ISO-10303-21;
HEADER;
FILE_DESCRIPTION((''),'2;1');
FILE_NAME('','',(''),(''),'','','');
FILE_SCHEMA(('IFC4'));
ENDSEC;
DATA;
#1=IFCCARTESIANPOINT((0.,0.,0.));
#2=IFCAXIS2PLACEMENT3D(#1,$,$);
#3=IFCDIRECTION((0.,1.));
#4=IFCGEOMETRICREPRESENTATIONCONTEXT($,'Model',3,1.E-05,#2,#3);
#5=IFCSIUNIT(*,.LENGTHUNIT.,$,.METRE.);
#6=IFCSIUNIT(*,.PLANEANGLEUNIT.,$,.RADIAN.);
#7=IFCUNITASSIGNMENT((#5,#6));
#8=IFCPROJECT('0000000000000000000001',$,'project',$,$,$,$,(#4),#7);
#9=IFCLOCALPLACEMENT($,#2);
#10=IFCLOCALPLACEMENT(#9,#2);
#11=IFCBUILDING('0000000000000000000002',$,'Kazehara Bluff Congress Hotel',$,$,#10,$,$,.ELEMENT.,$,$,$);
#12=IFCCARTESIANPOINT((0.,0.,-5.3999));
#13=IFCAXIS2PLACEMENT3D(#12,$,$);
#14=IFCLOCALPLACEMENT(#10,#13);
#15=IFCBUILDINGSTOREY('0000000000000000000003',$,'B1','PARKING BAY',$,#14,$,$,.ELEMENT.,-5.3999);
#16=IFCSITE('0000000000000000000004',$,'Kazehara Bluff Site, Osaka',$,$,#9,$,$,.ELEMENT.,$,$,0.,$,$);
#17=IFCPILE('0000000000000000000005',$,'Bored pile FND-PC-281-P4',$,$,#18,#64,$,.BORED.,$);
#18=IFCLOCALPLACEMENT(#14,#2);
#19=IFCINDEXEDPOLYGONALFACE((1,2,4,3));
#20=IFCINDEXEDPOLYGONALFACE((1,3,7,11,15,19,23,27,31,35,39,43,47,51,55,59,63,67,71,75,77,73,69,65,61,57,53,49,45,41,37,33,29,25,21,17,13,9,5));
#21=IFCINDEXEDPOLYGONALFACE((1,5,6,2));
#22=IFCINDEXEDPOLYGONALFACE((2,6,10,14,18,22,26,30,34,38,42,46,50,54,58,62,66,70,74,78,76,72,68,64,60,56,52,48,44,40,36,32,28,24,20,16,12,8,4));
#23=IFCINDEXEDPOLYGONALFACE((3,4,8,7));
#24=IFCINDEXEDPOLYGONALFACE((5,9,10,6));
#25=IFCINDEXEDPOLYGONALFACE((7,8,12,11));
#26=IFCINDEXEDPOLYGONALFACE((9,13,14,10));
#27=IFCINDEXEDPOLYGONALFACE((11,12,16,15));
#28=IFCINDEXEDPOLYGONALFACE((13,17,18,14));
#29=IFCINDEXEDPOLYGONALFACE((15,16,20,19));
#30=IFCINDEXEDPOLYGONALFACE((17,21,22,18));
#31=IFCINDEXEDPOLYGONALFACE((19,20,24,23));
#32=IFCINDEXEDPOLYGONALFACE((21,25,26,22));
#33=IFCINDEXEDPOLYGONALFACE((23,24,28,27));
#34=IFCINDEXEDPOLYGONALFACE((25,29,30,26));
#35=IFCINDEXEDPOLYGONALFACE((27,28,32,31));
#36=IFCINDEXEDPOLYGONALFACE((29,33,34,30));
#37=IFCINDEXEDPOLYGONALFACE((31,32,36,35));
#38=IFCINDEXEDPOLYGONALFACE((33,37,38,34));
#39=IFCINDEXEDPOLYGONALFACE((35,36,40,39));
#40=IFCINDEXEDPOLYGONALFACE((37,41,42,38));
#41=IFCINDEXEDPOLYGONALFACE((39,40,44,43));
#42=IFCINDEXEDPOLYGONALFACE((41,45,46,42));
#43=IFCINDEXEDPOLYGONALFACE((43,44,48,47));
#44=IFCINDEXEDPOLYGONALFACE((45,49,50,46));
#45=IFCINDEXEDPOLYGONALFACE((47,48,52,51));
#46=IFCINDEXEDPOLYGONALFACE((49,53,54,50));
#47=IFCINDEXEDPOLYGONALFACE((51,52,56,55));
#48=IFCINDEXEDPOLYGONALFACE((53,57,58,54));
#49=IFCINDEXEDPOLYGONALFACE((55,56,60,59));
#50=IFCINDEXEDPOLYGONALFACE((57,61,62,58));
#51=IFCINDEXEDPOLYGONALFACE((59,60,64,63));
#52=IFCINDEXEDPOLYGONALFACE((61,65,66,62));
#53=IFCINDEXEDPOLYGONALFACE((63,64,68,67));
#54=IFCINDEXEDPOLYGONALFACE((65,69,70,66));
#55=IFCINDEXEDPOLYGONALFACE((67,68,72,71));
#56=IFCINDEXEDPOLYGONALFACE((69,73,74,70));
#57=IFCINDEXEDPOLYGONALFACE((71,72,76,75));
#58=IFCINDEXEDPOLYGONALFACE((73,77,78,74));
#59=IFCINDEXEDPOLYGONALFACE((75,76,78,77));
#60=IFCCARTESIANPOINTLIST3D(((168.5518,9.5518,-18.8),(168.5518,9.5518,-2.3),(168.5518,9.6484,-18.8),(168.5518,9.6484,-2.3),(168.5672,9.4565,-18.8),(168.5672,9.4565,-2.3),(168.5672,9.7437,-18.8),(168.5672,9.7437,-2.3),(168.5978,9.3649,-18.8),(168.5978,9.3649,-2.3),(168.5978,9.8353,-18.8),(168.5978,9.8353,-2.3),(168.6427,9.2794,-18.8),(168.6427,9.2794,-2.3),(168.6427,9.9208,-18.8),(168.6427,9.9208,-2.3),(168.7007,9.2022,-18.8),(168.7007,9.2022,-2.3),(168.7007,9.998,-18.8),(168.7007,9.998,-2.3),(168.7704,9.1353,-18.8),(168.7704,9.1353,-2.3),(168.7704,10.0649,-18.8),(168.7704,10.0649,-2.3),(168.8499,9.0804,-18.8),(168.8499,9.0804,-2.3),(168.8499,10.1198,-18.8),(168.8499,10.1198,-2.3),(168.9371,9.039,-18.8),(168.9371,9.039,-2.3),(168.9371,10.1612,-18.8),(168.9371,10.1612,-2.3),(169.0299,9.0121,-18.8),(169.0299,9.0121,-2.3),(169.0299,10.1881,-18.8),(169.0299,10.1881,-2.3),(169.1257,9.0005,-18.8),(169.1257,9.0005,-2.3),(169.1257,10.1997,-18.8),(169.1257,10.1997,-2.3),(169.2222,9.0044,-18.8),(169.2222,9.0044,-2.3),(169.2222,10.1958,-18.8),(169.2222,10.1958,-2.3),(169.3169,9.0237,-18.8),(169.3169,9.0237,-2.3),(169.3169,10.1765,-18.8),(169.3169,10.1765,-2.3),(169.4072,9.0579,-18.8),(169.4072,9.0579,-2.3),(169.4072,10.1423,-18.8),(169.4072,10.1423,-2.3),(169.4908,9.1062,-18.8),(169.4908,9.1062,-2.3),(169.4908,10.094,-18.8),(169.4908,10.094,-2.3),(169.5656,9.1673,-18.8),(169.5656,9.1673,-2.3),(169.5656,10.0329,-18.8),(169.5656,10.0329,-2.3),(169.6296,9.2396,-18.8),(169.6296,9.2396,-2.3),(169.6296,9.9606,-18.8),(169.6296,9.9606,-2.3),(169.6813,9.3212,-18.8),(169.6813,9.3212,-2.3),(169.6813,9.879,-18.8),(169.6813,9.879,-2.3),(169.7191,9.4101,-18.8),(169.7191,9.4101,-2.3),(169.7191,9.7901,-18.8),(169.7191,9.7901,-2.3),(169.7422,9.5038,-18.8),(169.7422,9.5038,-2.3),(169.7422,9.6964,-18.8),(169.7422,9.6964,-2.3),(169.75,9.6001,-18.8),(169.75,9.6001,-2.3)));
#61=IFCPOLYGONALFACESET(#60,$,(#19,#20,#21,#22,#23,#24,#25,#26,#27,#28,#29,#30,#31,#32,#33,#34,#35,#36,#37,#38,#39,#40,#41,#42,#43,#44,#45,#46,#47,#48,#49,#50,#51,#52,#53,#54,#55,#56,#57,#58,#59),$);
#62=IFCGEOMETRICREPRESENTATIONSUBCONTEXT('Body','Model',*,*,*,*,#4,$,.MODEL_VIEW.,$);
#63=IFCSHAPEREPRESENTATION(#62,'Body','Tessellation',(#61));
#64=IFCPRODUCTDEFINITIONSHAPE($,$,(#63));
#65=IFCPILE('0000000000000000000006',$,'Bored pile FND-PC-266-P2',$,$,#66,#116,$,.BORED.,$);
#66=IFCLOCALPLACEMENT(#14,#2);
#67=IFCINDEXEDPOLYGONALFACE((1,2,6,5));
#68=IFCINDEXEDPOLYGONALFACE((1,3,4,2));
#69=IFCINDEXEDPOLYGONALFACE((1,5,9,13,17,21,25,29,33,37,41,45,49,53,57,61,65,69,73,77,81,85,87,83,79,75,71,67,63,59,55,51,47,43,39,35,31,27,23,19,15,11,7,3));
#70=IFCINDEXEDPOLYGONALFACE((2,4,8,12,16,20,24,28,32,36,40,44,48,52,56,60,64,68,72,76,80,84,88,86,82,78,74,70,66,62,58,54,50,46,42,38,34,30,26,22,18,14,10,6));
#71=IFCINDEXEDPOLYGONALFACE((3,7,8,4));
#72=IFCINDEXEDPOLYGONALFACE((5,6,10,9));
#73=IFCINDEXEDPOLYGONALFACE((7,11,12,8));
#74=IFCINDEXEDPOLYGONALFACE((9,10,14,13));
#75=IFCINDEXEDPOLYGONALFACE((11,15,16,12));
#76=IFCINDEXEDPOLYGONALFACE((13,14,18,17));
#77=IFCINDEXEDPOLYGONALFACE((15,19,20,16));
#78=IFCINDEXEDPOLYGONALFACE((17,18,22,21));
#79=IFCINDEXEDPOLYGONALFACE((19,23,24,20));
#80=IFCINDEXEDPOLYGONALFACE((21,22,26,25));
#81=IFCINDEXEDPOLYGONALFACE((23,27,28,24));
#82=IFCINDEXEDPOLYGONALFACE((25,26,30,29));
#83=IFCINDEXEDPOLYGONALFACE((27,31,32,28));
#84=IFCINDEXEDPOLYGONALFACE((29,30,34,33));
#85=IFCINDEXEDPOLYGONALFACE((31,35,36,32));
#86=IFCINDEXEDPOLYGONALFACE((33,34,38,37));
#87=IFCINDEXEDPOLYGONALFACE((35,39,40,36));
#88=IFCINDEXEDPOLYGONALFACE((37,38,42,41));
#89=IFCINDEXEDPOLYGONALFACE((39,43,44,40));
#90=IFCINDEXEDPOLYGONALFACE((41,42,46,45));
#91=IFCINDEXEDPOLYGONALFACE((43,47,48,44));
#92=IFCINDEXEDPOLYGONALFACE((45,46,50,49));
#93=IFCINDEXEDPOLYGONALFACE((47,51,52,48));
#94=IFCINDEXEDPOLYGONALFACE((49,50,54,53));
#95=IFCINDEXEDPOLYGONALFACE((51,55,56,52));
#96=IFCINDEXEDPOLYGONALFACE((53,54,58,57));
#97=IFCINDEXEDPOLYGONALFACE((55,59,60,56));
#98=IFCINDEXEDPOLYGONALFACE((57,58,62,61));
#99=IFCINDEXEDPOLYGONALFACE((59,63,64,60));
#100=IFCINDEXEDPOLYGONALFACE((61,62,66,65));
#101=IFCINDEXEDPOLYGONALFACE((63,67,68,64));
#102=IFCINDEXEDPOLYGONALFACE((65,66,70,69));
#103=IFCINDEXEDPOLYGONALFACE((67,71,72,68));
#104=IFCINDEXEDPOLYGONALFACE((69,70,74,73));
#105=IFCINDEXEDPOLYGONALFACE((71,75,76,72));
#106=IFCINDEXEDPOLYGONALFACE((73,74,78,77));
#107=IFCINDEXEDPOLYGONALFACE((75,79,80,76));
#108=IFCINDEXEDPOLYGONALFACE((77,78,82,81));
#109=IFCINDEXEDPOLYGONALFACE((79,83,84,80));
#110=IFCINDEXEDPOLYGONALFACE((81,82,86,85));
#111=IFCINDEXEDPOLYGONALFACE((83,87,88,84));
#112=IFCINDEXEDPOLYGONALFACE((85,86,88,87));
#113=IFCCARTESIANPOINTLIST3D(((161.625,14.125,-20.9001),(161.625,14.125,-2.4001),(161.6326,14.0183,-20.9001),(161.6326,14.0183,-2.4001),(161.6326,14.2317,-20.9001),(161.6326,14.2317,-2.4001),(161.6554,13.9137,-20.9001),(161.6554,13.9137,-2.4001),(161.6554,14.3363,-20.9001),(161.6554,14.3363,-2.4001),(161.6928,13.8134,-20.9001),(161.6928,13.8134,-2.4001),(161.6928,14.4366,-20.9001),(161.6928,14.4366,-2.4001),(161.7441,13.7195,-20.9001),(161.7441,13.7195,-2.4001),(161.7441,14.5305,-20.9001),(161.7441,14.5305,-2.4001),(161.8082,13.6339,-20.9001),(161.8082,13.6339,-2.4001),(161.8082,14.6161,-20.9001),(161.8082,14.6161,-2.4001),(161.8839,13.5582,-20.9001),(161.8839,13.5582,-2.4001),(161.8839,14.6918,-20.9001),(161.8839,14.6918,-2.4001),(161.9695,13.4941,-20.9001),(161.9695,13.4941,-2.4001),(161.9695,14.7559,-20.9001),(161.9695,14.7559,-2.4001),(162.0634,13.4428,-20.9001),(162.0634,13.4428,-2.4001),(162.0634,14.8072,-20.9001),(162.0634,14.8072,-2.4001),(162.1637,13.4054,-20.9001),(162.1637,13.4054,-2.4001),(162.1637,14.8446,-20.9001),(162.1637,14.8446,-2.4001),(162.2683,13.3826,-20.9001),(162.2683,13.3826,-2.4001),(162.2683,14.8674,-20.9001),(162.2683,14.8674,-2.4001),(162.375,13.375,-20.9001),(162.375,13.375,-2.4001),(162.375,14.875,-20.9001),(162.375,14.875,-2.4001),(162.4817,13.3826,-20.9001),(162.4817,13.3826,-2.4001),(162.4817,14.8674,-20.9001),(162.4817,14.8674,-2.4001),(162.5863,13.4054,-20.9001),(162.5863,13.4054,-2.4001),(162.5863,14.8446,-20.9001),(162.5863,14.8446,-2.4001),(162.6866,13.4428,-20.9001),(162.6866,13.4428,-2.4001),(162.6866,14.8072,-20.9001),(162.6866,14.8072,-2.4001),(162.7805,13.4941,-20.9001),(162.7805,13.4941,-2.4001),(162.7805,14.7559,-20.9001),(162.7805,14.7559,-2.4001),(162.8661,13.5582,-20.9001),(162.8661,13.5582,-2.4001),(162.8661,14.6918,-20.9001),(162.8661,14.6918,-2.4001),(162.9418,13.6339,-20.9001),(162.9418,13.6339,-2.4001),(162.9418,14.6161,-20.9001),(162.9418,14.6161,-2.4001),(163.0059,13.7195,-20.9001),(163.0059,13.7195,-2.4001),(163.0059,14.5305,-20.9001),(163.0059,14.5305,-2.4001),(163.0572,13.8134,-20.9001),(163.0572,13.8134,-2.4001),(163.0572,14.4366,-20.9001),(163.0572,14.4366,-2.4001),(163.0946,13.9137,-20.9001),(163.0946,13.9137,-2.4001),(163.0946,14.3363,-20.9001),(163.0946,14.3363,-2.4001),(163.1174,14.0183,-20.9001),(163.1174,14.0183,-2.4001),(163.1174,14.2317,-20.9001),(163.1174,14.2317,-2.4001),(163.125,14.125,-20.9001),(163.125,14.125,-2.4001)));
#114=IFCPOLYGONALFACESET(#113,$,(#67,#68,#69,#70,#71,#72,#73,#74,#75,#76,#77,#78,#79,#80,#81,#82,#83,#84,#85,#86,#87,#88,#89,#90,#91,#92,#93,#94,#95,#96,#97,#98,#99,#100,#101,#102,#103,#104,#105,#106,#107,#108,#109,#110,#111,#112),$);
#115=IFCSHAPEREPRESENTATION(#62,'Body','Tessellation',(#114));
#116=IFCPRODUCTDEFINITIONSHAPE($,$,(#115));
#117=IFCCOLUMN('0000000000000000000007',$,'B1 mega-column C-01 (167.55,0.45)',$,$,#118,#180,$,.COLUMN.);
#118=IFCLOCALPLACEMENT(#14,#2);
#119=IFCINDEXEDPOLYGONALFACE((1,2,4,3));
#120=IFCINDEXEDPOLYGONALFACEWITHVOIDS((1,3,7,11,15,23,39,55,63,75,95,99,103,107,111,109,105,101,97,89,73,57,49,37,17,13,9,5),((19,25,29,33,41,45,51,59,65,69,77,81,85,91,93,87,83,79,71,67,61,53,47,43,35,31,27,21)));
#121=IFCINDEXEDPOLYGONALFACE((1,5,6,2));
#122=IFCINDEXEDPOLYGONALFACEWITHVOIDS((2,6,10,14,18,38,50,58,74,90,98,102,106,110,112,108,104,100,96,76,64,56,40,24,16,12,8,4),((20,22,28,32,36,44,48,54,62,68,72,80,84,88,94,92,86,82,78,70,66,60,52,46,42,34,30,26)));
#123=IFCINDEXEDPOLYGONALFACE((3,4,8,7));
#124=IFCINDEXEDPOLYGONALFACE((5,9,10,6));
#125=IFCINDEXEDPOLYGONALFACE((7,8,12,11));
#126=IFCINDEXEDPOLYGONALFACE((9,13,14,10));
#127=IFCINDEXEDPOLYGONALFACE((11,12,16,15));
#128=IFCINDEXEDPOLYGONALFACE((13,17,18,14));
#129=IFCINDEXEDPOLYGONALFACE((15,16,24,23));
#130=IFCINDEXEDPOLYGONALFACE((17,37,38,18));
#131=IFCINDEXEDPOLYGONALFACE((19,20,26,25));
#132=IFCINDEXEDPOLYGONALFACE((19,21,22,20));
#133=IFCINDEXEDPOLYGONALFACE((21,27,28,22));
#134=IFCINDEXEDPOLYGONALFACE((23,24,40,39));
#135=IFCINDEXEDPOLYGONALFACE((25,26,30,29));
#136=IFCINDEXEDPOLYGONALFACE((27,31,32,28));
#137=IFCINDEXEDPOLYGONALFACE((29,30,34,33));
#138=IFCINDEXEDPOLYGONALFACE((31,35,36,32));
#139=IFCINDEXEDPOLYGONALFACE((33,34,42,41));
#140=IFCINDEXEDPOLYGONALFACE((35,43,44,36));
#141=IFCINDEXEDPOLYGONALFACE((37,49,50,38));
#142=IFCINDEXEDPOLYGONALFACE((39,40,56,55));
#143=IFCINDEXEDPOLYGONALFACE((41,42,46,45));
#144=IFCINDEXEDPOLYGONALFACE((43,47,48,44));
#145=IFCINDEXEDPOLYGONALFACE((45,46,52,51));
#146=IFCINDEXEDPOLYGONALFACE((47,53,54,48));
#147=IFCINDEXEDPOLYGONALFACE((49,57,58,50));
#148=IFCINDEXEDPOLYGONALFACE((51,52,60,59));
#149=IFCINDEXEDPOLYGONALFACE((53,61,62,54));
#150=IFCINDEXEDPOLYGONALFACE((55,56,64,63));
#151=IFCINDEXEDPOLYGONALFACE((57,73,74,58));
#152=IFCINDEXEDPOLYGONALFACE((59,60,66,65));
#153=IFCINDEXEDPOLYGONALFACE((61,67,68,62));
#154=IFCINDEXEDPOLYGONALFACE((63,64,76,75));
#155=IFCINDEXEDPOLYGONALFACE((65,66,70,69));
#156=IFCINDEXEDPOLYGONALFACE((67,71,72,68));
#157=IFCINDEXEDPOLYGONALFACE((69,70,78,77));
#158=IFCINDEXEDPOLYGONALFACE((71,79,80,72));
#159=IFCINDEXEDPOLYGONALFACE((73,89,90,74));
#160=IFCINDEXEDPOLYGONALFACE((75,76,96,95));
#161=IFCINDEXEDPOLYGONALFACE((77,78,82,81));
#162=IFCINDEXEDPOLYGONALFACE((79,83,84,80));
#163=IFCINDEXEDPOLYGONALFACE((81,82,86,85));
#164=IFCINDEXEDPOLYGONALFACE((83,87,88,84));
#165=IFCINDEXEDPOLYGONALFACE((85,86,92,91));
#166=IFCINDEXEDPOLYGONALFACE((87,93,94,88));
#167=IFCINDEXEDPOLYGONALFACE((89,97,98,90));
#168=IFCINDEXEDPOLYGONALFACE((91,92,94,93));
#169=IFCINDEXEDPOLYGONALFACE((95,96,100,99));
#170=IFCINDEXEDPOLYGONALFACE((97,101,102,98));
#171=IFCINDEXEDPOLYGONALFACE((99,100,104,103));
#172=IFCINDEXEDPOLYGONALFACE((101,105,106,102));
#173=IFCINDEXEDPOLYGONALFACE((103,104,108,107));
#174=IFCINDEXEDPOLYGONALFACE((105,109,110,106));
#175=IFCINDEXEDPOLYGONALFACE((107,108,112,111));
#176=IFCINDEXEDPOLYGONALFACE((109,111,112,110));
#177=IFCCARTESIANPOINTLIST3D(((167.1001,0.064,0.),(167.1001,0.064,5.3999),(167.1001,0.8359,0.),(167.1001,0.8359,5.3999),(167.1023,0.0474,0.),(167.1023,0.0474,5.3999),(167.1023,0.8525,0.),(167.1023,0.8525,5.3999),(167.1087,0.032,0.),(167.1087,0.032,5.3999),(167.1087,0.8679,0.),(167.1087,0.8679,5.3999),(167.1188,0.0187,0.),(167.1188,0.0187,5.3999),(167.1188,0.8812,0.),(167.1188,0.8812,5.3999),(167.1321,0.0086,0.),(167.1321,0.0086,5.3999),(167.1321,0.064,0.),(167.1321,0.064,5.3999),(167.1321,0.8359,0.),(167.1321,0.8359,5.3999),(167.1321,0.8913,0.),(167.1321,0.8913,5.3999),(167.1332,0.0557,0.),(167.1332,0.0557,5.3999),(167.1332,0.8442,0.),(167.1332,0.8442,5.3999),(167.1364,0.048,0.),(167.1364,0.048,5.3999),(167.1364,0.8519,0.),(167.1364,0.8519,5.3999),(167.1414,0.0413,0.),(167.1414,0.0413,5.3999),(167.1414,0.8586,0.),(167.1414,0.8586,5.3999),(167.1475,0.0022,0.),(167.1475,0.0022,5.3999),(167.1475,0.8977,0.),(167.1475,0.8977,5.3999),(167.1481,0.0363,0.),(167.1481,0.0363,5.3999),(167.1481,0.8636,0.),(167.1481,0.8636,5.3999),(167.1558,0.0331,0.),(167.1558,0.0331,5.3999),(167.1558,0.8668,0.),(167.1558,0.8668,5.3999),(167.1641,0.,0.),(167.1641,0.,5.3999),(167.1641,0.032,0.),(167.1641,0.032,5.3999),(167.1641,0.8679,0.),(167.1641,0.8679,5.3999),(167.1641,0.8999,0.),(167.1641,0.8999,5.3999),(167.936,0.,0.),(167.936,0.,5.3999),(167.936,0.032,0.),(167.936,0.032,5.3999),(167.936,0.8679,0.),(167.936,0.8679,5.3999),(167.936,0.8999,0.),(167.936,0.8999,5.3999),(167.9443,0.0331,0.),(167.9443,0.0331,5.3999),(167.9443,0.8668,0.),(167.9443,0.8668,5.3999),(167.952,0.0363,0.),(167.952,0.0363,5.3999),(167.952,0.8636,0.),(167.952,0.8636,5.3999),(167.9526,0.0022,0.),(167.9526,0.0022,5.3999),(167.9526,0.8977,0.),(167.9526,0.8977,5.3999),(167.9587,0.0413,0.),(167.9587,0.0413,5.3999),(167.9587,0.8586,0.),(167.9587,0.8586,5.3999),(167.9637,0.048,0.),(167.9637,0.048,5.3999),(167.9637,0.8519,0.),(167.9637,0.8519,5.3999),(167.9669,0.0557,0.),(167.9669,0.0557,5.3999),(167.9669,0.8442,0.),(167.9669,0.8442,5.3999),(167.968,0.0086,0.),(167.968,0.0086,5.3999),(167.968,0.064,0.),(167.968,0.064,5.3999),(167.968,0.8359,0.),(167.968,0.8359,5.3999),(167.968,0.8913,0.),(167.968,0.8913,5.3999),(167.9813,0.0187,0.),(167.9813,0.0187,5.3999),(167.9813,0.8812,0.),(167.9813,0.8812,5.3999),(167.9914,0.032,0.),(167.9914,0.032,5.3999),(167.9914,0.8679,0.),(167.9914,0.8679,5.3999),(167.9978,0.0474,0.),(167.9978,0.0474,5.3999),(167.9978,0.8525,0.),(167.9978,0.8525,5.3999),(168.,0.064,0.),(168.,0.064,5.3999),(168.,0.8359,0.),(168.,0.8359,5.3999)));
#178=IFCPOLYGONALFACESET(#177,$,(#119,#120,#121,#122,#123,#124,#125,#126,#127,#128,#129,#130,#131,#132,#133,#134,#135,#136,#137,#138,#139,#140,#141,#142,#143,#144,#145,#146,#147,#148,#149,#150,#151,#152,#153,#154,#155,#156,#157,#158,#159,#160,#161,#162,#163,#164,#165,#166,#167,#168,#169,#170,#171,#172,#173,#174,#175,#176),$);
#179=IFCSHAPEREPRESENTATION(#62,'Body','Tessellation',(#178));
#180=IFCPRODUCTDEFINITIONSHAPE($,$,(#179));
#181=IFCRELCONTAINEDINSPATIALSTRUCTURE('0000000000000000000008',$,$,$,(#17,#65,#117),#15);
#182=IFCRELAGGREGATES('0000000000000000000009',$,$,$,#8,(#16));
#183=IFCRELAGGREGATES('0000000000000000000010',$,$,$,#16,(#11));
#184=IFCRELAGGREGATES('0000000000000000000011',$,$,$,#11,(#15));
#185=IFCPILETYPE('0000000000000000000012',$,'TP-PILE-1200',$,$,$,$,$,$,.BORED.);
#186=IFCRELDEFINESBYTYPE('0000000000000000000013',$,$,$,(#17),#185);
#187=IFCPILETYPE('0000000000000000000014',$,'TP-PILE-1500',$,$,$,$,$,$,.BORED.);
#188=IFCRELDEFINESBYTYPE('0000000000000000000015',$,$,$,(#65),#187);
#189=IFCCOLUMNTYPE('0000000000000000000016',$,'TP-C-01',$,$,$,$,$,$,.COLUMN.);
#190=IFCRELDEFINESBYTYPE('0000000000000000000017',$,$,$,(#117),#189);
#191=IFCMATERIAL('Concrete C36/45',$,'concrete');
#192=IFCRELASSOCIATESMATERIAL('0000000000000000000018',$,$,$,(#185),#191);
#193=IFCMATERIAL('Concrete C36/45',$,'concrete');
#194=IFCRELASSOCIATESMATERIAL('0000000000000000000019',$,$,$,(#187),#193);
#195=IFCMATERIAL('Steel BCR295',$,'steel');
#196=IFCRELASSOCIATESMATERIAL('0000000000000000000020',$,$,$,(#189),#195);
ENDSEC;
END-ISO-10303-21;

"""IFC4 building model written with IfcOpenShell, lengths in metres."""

from ifc_helpers import new_model, si_unit, direction, frame, origin, origin_2d, place, context, subcontext, project, spatial, hollow_rectangle, circle, extrude, material, material_profile, profile_set, type_object, element, save


model = new_model("IFC4")

# Units and contexts
model_context = context("Model", 3, precision=1e-05, world=origin(), true_north=direction((0.0, 1.0)))
body_context = subcontext(model_context, "Body", "Model", "MODEL_VIEW")
ifc_project = project(units=[si_unit("LENGTHUNIT", "METRE"), si_unit("PLANEANGLEUNIT", "RADIAN")], contexts=[model_context])

# Site, building, storey
site_placement = place(None, origin())
site = spatial("IfcSite", under=ifc_project, at=site_placement, Name="Kazehara Bluff Site, Osaka", CompositionType="ELEMENT", RefElevation=0.0)
building_placement = place(site_placement, origin())
building = spatial("IfcBuilding", under=site, at=building_placement, Name="Kazehara Bluff Congress Hotel", CompositionType="ELEMENT")
storey_placement = place(building_placement, frame((0.0, 0.0, -5.3999)))
storey = spatial("IfcBuildingStorey", under=building, at=storey_placement, Name="B1", Description="PARKING BAY", CompositionType="ELEMENT", Elevation=-5.3999)

# Piles
ifc_material_1 = material(Name="Concrete C36/45", Category="concrete")
ifc_material_profile_1 = material_profile(ifc_material_1, circle(Radius=0.6001, at=origin_2d()))
ifc_profile_set_1 = profile_set([ifc_material_profile_1], Name="Concrete C36/45")
pile_type_1 = type_object("IfcPileType", Name="TP-PILE-1200", PredefinedType="BORED", material=ifc_profile_set_1)
for number, where, z_axis, x_axis, name in (
    (1, (169.1499, 9.6001, -2.3), (0.0, 0.0, -1.0), (1.0, 0.0, 0.0), "Bored pile FND-PC-281-P4"),
):
    element("IfcPile", number, at=place(storey_placement, frame(where, z_axis=z_axis, x_axis=x_axis)), inside=storey, type_object=pile_type_1, Name=name, PredefinedType="BORED", context=body_context, shape_type="SweptSolid", body=[
        extrude(circle(Radius=0.6001, at=origin_2d()), origin(), (0.0, 0.0, 1.0), 16.5),
    ])
ifc_material_2 = material(Name="Concrete C36/45", Category="concrete")
ifc_material_profile_2 = material_profile(ifc_material_2, circle(Radius=0.75, at=origin_2d()))
ifc_profile_set_2 = profile_set([ifc_material_profile_2], Name="Concrete C36/45")
pile_type_2 = type_object("IfcPileType", Name="TP-PILE-1500", PredefinedType="BORED", material=ifc_profile_set_2)
pile_placement = place(storey_placement, frame((162.375, 14.125, -2.4001), z_axis=(0.0, 0.0, -1.0), x_axis=(1.0, 0.0, 0.0)))
element("IfcPile", 2, at=pile_placement, inside=storey, type_object=pile_type_2, Name="Bored pile FND-PC-266-P2", PredefinedType="BORED", context=body_context, shape_type="SweptSolid", body=[
    extrude(circle(Radius=0.75, at=origin_2d()), origin(), (0.0, 0.0, 1.0), 18.5),
])

# Column
ifc_material_3 = material(Name="Steel BCR295", Category="steel")
ifc_material_profile_3 = material_profile(ifc_material_3, hollow_rectangle(XDim=0.8999, YDim=0.8999, WallThickness=0.032, InnerFilletRadius=0.032, OuterFilletRadius=0.064, at=origin_2d()))
ifc_profile_set_3 = profile_set([ifc_material_profile_3], Name="Steel BCR295")
column_type = type_object("IfcColumnType", Name="TP-C-01", PredefinedType="COLUMN", material=ifc_profile_set_3)
for number, where, z_axis, x_axis, name in (
    (3, (167.55, 0.45, 0.0), (0.0, 0.0, 1.0), (1.0, 0.0, 0.0), "B1 mega-column C-01 (167.55,0.45)"),
):
    element("IfcColumn", number, at=place(storey_placement, frame(where, z_axis=z_axis, x_axis=x_axis)), inside=storey, type_object=column_type, Name=name, PredefinedType="COLUMN", context=body_context, shape_type="SweptSolid", body=[
        extrude(hollow_rectangle(XDim=0.8999, YDim=0.8999, WallThickness=0.032, InnerFilletRadius=0.032, OuterFilletRadius=0.064, at=origin_2d()), origin(), (0.0, 0.0, 1.0), 5.3999),
    ])

save(model, "model.ifc")
